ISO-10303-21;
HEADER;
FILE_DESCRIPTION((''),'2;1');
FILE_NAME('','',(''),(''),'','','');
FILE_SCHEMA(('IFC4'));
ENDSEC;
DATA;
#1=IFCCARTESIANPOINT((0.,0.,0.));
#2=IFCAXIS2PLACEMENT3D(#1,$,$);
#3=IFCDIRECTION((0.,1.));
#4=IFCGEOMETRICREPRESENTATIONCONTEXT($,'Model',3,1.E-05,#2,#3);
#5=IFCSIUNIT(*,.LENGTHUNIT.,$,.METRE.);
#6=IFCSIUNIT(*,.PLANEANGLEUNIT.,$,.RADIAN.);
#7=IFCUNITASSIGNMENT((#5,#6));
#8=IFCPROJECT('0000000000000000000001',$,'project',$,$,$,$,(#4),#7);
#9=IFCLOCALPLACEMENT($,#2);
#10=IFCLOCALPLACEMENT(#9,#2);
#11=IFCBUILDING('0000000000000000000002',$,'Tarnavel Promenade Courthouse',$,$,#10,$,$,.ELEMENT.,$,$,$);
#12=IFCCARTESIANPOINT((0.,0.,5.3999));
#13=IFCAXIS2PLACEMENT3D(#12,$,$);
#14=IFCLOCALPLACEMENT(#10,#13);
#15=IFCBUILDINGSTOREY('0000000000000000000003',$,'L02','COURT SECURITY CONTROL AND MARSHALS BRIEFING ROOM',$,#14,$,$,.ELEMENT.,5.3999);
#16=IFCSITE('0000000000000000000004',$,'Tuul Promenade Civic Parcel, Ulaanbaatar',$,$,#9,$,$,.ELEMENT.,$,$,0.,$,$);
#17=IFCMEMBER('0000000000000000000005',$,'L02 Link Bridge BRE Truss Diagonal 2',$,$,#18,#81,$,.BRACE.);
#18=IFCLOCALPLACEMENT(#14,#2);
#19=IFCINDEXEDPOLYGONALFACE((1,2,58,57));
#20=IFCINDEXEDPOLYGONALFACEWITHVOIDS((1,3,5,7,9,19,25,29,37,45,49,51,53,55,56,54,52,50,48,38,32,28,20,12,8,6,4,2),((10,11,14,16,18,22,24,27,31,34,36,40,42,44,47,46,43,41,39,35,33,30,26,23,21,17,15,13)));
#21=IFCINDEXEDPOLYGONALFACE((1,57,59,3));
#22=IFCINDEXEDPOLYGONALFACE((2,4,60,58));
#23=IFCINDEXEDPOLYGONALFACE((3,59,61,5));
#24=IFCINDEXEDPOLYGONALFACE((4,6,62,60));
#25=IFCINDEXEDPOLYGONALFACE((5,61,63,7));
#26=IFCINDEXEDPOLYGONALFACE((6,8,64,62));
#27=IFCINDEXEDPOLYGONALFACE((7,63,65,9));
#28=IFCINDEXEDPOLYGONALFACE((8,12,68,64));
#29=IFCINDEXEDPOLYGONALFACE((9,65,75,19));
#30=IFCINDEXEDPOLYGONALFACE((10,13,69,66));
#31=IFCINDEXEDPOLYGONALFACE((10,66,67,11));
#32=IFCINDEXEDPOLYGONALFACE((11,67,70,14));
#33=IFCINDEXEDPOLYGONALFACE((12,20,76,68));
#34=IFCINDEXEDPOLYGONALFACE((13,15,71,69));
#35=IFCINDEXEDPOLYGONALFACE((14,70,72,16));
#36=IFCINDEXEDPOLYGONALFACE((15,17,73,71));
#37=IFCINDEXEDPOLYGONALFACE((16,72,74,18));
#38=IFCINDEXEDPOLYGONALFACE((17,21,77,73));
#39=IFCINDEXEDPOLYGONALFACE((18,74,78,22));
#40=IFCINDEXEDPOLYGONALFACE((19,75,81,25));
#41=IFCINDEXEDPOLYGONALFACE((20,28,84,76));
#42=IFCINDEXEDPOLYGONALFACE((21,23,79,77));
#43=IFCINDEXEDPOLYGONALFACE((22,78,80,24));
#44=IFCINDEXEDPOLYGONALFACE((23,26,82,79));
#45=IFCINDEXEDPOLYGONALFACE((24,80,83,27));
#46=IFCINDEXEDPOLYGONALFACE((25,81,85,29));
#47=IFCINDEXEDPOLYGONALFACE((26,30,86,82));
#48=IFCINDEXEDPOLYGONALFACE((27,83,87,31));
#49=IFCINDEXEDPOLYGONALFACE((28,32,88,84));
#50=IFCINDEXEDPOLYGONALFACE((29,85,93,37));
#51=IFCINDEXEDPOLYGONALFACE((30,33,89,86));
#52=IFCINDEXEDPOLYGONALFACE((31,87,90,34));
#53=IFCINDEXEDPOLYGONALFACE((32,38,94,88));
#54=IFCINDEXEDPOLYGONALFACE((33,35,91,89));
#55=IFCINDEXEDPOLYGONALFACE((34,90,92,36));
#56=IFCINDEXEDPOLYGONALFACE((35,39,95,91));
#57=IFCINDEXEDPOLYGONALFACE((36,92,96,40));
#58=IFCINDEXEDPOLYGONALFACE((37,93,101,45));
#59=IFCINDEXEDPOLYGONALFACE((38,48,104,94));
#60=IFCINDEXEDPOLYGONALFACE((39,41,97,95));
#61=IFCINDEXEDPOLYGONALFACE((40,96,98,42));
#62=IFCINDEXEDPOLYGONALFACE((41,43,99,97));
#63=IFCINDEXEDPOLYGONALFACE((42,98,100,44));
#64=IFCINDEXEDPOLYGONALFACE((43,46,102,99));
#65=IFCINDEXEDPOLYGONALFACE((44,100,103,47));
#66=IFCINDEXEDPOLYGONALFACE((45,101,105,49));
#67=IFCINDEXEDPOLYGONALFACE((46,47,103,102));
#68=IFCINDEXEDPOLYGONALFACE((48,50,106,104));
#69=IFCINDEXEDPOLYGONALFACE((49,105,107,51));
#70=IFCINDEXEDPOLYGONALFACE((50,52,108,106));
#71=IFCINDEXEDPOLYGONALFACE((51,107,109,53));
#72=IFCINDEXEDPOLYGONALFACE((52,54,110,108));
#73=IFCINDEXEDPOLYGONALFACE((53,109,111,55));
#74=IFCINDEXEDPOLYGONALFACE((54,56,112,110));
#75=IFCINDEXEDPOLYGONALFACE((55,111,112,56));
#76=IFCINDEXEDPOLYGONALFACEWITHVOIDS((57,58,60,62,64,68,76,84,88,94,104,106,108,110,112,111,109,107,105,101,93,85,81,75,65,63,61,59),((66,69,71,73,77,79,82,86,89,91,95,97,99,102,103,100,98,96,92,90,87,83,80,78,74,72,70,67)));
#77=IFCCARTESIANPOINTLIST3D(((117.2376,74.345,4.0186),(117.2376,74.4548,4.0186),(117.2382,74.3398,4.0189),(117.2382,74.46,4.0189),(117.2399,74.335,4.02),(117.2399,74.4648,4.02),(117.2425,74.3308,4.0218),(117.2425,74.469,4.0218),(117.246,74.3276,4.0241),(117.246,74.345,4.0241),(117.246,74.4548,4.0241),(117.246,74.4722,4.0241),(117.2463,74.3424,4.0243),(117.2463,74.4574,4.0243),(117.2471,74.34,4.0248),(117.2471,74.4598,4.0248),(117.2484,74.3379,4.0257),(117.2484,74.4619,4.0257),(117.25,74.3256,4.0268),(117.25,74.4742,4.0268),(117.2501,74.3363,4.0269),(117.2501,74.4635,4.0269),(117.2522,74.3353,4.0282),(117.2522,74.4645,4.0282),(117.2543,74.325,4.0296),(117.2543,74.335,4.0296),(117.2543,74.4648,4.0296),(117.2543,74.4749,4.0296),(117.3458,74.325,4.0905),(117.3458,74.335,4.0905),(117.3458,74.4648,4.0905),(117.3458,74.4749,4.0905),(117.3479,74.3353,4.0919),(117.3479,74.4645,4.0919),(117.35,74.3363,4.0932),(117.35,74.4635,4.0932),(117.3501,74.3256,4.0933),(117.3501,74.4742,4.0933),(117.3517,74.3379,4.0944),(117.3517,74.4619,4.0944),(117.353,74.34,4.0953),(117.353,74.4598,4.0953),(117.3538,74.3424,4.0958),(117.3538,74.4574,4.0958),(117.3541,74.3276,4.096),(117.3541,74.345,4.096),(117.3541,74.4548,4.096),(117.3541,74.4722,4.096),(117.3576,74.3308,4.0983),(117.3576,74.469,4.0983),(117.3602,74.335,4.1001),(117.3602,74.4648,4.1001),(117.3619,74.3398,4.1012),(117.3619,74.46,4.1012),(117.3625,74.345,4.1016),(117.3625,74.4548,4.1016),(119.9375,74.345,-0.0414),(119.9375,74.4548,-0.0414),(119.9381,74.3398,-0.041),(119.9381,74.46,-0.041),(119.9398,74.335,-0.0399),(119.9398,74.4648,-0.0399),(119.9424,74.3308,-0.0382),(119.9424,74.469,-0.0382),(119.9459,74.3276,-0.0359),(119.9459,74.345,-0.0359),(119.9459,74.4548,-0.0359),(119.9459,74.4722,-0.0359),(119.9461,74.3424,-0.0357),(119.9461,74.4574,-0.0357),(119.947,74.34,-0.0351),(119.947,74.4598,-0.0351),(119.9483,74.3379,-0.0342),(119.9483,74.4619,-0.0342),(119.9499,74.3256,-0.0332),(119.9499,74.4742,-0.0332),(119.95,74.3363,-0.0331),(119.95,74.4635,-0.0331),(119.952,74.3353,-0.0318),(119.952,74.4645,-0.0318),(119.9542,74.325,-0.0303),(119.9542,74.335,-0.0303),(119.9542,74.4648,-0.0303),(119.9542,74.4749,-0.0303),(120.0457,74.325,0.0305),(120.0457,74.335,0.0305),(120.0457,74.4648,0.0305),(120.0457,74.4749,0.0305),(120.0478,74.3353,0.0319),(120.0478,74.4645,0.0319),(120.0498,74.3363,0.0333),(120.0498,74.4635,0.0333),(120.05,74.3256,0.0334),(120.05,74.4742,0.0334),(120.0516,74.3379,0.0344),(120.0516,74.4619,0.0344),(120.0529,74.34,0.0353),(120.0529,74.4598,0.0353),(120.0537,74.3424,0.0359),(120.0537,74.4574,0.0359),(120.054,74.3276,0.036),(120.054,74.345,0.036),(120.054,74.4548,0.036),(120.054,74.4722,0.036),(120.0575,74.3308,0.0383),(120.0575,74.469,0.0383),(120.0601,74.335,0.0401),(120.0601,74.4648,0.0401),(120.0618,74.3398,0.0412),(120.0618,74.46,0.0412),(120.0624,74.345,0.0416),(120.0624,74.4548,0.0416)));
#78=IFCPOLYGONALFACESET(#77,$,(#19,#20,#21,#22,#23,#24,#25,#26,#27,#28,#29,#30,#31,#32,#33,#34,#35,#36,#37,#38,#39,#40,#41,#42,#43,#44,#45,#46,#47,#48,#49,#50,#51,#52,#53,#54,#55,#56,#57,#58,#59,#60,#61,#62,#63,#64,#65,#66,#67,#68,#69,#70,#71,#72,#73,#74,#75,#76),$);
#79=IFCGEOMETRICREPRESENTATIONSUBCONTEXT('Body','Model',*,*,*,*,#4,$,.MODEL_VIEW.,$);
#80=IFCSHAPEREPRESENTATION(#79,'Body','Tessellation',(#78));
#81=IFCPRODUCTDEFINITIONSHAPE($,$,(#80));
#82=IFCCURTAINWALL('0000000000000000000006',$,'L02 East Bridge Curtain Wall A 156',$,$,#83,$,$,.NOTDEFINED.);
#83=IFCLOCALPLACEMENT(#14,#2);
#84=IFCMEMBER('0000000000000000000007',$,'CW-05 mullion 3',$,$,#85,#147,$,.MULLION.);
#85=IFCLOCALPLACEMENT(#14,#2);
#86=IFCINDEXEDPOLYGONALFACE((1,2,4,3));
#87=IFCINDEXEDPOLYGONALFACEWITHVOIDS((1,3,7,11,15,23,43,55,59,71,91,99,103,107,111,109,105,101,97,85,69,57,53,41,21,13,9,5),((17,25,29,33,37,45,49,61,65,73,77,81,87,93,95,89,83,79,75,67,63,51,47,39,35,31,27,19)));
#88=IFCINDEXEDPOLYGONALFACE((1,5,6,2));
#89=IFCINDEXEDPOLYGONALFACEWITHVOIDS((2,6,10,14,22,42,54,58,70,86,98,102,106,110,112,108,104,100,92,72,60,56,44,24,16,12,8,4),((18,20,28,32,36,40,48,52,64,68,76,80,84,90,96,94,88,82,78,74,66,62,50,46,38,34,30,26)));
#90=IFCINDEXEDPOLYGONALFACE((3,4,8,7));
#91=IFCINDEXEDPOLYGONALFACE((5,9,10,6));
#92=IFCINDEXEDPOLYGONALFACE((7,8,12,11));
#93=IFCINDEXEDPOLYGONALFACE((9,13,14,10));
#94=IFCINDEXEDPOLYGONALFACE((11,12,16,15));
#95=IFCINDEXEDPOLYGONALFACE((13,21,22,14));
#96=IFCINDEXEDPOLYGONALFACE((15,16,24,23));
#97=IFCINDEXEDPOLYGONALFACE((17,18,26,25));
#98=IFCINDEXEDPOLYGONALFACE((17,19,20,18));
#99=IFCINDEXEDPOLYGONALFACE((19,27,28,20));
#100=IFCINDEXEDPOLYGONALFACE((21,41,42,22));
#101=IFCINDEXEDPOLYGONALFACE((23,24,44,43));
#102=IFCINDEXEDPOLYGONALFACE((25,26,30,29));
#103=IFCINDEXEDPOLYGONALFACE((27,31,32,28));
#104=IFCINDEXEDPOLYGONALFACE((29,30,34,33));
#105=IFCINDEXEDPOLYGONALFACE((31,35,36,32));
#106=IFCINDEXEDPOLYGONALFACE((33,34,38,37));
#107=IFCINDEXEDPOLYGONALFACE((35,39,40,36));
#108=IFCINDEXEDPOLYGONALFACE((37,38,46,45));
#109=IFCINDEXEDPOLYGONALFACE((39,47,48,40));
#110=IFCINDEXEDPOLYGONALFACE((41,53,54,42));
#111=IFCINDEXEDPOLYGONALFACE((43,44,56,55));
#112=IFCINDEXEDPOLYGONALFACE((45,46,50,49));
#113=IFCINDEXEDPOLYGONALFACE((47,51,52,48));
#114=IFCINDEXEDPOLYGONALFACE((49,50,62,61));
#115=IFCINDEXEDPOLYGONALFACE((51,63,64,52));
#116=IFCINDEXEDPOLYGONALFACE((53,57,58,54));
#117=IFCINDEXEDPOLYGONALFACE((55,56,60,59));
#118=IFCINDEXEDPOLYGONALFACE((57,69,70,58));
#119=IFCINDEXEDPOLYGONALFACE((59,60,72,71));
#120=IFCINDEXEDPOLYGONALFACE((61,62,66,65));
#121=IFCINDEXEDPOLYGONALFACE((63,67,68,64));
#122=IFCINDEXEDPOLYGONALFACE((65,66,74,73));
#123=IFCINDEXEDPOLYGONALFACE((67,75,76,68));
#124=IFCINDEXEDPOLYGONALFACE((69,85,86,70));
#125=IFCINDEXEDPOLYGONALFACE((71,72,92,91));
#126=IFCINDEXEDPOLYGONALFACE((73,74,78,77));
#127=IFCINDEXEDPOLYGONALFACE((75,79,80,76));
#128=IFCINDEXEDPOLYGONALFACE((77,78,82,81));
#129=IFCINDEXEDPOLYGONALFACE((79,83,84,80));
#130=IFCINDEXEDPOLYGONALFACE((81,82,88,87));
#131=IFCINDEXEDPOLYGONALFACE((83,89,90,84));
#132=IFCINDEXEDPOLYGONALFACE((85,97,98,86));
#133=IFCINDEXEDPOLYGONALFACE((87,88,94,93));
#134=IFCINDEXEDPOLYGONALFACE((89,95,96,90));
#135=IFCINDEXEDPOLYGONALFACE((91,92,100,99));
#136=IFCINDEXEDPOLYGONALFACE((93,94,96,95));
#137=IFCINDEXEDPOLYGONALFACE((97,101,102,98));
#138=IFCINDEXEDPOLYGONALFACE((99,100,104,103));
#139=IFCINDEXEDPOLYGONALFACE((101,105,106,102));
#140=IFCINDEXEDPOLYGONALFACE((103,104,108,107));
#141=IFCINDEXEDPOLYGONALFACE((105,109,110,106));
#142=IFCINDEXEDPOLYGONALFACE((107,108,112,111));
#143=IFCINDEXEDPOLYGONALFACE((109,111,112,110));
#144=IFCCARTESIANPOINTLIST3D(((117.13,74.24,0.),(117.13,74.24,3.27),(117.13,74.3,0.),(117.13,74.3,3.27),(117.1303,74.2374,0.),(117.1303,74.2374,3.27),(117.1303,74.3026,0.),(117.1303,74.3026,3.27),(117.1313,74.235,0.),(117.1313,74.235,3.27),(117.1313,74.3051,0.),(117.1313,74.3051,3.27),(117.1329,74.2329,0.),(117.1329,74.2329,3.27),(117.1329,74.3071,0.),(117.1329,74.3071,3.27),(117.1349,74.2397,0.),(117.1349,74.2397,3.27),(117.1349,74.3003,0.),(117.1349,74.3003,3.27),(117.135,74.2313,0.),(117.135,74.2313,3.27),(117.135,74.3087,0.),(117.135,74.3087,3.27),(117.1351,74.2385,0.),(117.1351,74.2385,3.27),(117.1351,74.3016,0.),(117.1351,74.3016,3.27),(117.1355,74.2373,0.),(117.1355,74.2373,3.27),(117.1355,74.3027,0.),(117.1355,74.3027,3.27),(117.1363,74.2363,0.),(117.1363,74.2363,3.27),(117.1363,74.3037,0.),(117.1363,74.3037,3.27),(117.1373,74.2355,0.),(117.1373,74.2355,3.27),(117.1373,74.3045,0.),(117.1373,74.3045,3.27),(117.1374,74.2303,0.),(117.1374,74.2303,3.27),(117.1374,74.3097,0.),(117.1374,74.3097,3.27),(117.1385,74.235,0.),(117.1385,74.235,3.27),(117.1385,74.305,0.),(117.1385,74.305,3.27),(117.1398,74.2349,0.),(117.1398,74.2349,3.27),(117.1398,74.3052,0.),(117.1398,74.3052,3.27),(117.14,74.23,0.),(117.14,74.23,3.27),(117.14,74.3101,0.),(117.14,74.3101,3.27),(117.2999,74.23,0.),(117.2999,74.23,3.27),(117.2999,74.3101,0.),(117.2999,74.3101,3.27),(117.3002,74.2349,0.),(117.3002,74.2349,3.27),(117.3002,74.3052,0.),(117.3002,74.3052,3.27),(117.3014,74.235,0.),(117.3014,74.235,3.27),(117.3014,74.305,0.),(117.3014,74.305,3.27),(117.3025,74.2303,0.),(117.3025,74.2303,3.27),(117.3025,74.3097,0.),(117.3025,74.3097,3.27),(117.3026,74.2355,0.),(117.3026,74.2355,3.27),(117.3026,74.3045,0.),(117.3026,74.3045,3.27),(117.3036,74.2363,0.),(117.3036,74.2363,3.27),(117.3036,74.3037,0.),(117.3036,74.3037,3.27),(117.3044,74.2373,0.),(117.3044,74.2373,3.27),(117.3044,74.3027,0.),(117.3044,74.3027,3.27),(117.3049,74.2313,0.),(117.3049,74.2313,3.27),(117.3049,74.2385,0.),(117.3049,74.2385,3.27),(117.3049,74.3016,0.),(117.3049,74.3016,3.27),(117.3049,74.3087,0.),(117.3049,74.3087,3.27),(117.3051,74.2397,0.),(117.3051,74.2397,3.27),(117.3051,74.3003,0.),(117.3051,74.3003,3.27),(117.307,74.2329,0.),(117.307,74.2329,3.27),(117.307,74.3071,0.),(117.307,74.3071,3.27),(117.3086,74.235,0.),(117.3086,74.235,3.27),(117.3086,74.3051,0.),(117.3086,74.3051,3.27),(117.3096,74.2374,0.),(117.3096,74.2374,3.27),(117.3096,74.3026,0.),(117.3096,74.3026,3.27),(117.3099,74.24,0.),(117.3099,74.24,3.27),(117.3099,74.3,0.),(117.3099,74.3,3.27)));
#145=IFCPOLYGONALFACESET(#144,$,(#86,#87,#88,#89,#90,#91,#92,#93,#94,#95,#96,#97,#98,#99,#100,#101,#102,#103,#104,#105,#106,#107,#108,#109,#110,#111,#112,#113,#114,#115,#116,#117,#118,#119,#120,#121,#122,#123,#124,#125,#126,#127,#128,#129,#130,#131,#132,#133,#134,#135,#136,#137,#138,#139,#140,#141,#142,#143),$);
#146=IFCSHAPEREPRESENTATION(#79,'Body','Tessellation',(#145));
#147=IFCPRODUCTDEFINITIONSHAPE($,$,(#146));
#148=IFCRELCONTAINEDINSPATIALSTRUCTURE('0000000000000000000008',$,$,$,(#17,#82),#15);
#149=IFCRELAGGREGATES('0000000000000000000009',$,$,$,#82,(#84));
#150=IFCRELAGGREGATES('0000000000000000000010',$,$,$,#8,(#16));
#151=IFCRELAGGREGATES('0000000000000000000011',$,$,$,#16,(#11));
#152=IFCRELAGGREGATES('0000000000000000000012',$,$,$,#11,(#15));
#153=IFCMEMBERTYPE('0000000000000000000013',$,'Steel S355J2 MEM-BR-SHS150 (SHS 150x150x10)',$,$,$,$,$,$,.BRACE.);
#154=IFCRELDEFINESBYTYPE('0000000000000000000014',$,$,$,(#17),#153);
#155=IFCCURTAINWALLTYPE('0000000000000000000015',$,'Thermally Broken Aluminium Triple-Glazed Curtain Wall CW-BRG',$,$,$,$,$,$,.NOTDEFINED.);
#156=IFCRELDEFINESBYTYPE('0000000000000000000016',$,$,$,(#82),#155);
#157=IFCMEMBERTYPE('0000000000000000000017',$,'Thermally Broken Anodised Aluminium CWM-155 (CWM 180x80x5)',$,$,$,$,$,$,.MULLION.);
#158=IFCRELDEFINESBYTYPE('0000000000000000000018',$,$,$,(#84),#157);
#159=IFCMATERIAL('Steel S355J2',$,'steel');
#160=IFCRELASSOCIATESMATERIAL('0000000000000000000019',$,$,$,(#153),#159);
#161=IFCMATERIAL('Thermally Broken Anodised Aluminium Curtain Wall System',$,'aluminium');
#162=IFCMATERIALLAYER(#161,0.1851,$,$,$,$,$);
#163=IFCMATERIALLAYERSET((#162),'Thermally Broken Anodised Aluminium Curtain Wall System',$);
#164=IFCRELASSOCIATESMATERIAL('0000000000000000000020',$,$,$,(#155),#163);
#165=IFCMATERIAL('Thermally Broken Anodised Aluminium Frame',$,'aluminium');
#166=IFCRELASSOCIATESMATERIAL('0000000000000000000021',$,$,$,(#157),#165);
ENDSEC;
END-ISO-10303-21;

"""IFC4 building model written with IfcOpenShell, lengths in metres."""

from ifc_helpers import new_model, si_unit, direction, frame, origin, origin_2d, place, context, subcontext, project, spatial, hollow_rectangle, extrude, material, layer, layer_set, material_profile, profile_set, type_object, element, aggregate, save


model = new_model("IFC4")

# Units and contexts
model_context = context("Model", 3, precision=1e-05, world=origin(), true_north=direction((0.0, 1.0)))
body_context = subcontext(model_context, "Body", "Model", "MODEL_VIEW")
ifc_project = project(units=[si_unit("LENGTHUNIT", "METRE"), si_unit("PLANEANGLEUNIT", "RADIAN")], contexts=[model_context])

# Site, building, storey
site_placement = place(None, origin())
site = spatial("IfcSite", under=ifc_project, at=site_placement, Name="Tuul Promenade Civic Parcel, Ulaanbaatar", CompositionType="ELEMENT", RefElevation=0.0)
building_placement = place(site_placement, origin())
building = spatial("IfcBuilding", under=site, at=building_placement, Name="Tarnavel Promenade Courthouse", CompositionType="ELEMENT")
storey_placement = place(building_placement, frame((0.0, 0.0, 5.3999)))
storey = spatial("IfcBuildingStorey", under=building, at=storey_placement, Name="L02", Description="COURT SECURITY CONTROL AND MARSHALS BRIEFING ROOM", CompositionType="ELEMENT", Elevation=5.3999)

# Member
ifc_material_1 = material(Name="Steel S355J2", Category="steel")
ifc_material_profile_1 = material_profile(ifc_material_1, hollow_rectangle(XDim=0.1499, YDim=0.1499, WallThickness=0.01, InnerFilletRadius=0.01, OuterFilletRadius=0.02, at=origin_2d()), Name="SHS 150x150x10")
ifc_profile_set_1 = profile_set([ifc_material_profile_1], Name="Steel S355J2")
member_type_1 = type_object("IfcMemberType", Name="Steel S355J2 MEM-BR-SHS150 (SHS 150x150x10)", PredefinedType="BRACE", material=ifc_profile_set_1)
member_1_placement = place(storey_placement, frame((117.3, 74.3999, 4.0601), z_axis=(0.553741, 0.0, -0.832689), x_axis=(0.0, 1.0, 0.0)))
element("IfcMember", 1, at=member_1_placement, inside=storey, type_object=member_type_1, Name="L02 Link Bridge BRE Truss Diagonal 2", PredefinedType="BRACE", context=body_context, shape_type="SweptSolid", body=[
    extrude(hollow_rectangle(XDim=0.1499, YDim=0.1499, WallThickness=0.01, InnerFilletRadius=0.01, OuterFilletRadius=0.02, at=origin_2d()), origin(), (0.0, 0.0, 1.0), 4.8757),
])

# Curtain wall, member
ifc_material_2 = material(Name="Thermally Broken Anodised Aluminium Curtain Wall System", Category="aluminium")
ifc_layer_1 = layer(ifc_material_2, 0.1851)
ifc_layer_set_1 = layer_set([ifc_layer_1], Name="Thermally Broken Anodised Aluminium Curtain Wall System")
curtain_wall_type = type_object("IfcCurtainWallType", Name="Thermally Broken Aluminium Triple-Glazed Curtain Wall CW-BRG", PredefinedType="NOTDEFINED", material=ifc_layer_set_1)
curtain_wall_1_placement = place(storey_placement, origin())
curtain_wall_1 = element("IfcCurtainWall", 2, at=curtain_wall_1_placement, inside=storey, type_object=curtain_wall_type, Name="L02 East Bridge Curtain Wall A 156", PredefinedType="NOTDEFINED")
ifc_material_3 = material(Name="Thermally Broken Anodised Aluminium Frame", Category="aluminium")
ifc_material_profile_2 = material_profile(ifc_material_3, hollow_rectangle(XDim=0.0801, YDim=0.1799, WallThickness=0.0049, InnerFilletRadius=0.0049, OuterFilletRadius=0.01, at=origin_2d()), Name="CWM 180x80x5")
ifc_profile_set_2 = profile_set([ifc_material_profile_2], Name="Thermally Broken Anodised Aluminium Frame")
member_type_2 = type_object("IfcMemberType", Name="Thermally Broken Anodised Aluminium CWM-155 (CWM 180x80x5)", PredefinedType="MULLION", material=ifc_profile_set_2)
member_2_placement = place(storey_placement, frame((117.22, 74.27, 0.0), z_axis=(0.0, 0.0, 1.0), x_axis=(0.0, 1.0, 0.0)))
member_2 = element("IfcMember", 3, at=member_2_placement, type_object=member_type_2, Name="CW-05 mullion 3", PredefinedType="MULLION", context=body_context, shape_type="SweptSolid", body=[
    extrude(hollow_rectangle(XDim=0.0801, YDim=0.1799, WallThickness=0.0049, InnerFilletRadius=0.0049, OuterFilletRadius=0.01, at=origin_2d()), origin(), (0.0, 0.0, 1.0), 3.27),
])

aggregate(curtain_wall_1, [member_2])

save(model, "model.ifc")
